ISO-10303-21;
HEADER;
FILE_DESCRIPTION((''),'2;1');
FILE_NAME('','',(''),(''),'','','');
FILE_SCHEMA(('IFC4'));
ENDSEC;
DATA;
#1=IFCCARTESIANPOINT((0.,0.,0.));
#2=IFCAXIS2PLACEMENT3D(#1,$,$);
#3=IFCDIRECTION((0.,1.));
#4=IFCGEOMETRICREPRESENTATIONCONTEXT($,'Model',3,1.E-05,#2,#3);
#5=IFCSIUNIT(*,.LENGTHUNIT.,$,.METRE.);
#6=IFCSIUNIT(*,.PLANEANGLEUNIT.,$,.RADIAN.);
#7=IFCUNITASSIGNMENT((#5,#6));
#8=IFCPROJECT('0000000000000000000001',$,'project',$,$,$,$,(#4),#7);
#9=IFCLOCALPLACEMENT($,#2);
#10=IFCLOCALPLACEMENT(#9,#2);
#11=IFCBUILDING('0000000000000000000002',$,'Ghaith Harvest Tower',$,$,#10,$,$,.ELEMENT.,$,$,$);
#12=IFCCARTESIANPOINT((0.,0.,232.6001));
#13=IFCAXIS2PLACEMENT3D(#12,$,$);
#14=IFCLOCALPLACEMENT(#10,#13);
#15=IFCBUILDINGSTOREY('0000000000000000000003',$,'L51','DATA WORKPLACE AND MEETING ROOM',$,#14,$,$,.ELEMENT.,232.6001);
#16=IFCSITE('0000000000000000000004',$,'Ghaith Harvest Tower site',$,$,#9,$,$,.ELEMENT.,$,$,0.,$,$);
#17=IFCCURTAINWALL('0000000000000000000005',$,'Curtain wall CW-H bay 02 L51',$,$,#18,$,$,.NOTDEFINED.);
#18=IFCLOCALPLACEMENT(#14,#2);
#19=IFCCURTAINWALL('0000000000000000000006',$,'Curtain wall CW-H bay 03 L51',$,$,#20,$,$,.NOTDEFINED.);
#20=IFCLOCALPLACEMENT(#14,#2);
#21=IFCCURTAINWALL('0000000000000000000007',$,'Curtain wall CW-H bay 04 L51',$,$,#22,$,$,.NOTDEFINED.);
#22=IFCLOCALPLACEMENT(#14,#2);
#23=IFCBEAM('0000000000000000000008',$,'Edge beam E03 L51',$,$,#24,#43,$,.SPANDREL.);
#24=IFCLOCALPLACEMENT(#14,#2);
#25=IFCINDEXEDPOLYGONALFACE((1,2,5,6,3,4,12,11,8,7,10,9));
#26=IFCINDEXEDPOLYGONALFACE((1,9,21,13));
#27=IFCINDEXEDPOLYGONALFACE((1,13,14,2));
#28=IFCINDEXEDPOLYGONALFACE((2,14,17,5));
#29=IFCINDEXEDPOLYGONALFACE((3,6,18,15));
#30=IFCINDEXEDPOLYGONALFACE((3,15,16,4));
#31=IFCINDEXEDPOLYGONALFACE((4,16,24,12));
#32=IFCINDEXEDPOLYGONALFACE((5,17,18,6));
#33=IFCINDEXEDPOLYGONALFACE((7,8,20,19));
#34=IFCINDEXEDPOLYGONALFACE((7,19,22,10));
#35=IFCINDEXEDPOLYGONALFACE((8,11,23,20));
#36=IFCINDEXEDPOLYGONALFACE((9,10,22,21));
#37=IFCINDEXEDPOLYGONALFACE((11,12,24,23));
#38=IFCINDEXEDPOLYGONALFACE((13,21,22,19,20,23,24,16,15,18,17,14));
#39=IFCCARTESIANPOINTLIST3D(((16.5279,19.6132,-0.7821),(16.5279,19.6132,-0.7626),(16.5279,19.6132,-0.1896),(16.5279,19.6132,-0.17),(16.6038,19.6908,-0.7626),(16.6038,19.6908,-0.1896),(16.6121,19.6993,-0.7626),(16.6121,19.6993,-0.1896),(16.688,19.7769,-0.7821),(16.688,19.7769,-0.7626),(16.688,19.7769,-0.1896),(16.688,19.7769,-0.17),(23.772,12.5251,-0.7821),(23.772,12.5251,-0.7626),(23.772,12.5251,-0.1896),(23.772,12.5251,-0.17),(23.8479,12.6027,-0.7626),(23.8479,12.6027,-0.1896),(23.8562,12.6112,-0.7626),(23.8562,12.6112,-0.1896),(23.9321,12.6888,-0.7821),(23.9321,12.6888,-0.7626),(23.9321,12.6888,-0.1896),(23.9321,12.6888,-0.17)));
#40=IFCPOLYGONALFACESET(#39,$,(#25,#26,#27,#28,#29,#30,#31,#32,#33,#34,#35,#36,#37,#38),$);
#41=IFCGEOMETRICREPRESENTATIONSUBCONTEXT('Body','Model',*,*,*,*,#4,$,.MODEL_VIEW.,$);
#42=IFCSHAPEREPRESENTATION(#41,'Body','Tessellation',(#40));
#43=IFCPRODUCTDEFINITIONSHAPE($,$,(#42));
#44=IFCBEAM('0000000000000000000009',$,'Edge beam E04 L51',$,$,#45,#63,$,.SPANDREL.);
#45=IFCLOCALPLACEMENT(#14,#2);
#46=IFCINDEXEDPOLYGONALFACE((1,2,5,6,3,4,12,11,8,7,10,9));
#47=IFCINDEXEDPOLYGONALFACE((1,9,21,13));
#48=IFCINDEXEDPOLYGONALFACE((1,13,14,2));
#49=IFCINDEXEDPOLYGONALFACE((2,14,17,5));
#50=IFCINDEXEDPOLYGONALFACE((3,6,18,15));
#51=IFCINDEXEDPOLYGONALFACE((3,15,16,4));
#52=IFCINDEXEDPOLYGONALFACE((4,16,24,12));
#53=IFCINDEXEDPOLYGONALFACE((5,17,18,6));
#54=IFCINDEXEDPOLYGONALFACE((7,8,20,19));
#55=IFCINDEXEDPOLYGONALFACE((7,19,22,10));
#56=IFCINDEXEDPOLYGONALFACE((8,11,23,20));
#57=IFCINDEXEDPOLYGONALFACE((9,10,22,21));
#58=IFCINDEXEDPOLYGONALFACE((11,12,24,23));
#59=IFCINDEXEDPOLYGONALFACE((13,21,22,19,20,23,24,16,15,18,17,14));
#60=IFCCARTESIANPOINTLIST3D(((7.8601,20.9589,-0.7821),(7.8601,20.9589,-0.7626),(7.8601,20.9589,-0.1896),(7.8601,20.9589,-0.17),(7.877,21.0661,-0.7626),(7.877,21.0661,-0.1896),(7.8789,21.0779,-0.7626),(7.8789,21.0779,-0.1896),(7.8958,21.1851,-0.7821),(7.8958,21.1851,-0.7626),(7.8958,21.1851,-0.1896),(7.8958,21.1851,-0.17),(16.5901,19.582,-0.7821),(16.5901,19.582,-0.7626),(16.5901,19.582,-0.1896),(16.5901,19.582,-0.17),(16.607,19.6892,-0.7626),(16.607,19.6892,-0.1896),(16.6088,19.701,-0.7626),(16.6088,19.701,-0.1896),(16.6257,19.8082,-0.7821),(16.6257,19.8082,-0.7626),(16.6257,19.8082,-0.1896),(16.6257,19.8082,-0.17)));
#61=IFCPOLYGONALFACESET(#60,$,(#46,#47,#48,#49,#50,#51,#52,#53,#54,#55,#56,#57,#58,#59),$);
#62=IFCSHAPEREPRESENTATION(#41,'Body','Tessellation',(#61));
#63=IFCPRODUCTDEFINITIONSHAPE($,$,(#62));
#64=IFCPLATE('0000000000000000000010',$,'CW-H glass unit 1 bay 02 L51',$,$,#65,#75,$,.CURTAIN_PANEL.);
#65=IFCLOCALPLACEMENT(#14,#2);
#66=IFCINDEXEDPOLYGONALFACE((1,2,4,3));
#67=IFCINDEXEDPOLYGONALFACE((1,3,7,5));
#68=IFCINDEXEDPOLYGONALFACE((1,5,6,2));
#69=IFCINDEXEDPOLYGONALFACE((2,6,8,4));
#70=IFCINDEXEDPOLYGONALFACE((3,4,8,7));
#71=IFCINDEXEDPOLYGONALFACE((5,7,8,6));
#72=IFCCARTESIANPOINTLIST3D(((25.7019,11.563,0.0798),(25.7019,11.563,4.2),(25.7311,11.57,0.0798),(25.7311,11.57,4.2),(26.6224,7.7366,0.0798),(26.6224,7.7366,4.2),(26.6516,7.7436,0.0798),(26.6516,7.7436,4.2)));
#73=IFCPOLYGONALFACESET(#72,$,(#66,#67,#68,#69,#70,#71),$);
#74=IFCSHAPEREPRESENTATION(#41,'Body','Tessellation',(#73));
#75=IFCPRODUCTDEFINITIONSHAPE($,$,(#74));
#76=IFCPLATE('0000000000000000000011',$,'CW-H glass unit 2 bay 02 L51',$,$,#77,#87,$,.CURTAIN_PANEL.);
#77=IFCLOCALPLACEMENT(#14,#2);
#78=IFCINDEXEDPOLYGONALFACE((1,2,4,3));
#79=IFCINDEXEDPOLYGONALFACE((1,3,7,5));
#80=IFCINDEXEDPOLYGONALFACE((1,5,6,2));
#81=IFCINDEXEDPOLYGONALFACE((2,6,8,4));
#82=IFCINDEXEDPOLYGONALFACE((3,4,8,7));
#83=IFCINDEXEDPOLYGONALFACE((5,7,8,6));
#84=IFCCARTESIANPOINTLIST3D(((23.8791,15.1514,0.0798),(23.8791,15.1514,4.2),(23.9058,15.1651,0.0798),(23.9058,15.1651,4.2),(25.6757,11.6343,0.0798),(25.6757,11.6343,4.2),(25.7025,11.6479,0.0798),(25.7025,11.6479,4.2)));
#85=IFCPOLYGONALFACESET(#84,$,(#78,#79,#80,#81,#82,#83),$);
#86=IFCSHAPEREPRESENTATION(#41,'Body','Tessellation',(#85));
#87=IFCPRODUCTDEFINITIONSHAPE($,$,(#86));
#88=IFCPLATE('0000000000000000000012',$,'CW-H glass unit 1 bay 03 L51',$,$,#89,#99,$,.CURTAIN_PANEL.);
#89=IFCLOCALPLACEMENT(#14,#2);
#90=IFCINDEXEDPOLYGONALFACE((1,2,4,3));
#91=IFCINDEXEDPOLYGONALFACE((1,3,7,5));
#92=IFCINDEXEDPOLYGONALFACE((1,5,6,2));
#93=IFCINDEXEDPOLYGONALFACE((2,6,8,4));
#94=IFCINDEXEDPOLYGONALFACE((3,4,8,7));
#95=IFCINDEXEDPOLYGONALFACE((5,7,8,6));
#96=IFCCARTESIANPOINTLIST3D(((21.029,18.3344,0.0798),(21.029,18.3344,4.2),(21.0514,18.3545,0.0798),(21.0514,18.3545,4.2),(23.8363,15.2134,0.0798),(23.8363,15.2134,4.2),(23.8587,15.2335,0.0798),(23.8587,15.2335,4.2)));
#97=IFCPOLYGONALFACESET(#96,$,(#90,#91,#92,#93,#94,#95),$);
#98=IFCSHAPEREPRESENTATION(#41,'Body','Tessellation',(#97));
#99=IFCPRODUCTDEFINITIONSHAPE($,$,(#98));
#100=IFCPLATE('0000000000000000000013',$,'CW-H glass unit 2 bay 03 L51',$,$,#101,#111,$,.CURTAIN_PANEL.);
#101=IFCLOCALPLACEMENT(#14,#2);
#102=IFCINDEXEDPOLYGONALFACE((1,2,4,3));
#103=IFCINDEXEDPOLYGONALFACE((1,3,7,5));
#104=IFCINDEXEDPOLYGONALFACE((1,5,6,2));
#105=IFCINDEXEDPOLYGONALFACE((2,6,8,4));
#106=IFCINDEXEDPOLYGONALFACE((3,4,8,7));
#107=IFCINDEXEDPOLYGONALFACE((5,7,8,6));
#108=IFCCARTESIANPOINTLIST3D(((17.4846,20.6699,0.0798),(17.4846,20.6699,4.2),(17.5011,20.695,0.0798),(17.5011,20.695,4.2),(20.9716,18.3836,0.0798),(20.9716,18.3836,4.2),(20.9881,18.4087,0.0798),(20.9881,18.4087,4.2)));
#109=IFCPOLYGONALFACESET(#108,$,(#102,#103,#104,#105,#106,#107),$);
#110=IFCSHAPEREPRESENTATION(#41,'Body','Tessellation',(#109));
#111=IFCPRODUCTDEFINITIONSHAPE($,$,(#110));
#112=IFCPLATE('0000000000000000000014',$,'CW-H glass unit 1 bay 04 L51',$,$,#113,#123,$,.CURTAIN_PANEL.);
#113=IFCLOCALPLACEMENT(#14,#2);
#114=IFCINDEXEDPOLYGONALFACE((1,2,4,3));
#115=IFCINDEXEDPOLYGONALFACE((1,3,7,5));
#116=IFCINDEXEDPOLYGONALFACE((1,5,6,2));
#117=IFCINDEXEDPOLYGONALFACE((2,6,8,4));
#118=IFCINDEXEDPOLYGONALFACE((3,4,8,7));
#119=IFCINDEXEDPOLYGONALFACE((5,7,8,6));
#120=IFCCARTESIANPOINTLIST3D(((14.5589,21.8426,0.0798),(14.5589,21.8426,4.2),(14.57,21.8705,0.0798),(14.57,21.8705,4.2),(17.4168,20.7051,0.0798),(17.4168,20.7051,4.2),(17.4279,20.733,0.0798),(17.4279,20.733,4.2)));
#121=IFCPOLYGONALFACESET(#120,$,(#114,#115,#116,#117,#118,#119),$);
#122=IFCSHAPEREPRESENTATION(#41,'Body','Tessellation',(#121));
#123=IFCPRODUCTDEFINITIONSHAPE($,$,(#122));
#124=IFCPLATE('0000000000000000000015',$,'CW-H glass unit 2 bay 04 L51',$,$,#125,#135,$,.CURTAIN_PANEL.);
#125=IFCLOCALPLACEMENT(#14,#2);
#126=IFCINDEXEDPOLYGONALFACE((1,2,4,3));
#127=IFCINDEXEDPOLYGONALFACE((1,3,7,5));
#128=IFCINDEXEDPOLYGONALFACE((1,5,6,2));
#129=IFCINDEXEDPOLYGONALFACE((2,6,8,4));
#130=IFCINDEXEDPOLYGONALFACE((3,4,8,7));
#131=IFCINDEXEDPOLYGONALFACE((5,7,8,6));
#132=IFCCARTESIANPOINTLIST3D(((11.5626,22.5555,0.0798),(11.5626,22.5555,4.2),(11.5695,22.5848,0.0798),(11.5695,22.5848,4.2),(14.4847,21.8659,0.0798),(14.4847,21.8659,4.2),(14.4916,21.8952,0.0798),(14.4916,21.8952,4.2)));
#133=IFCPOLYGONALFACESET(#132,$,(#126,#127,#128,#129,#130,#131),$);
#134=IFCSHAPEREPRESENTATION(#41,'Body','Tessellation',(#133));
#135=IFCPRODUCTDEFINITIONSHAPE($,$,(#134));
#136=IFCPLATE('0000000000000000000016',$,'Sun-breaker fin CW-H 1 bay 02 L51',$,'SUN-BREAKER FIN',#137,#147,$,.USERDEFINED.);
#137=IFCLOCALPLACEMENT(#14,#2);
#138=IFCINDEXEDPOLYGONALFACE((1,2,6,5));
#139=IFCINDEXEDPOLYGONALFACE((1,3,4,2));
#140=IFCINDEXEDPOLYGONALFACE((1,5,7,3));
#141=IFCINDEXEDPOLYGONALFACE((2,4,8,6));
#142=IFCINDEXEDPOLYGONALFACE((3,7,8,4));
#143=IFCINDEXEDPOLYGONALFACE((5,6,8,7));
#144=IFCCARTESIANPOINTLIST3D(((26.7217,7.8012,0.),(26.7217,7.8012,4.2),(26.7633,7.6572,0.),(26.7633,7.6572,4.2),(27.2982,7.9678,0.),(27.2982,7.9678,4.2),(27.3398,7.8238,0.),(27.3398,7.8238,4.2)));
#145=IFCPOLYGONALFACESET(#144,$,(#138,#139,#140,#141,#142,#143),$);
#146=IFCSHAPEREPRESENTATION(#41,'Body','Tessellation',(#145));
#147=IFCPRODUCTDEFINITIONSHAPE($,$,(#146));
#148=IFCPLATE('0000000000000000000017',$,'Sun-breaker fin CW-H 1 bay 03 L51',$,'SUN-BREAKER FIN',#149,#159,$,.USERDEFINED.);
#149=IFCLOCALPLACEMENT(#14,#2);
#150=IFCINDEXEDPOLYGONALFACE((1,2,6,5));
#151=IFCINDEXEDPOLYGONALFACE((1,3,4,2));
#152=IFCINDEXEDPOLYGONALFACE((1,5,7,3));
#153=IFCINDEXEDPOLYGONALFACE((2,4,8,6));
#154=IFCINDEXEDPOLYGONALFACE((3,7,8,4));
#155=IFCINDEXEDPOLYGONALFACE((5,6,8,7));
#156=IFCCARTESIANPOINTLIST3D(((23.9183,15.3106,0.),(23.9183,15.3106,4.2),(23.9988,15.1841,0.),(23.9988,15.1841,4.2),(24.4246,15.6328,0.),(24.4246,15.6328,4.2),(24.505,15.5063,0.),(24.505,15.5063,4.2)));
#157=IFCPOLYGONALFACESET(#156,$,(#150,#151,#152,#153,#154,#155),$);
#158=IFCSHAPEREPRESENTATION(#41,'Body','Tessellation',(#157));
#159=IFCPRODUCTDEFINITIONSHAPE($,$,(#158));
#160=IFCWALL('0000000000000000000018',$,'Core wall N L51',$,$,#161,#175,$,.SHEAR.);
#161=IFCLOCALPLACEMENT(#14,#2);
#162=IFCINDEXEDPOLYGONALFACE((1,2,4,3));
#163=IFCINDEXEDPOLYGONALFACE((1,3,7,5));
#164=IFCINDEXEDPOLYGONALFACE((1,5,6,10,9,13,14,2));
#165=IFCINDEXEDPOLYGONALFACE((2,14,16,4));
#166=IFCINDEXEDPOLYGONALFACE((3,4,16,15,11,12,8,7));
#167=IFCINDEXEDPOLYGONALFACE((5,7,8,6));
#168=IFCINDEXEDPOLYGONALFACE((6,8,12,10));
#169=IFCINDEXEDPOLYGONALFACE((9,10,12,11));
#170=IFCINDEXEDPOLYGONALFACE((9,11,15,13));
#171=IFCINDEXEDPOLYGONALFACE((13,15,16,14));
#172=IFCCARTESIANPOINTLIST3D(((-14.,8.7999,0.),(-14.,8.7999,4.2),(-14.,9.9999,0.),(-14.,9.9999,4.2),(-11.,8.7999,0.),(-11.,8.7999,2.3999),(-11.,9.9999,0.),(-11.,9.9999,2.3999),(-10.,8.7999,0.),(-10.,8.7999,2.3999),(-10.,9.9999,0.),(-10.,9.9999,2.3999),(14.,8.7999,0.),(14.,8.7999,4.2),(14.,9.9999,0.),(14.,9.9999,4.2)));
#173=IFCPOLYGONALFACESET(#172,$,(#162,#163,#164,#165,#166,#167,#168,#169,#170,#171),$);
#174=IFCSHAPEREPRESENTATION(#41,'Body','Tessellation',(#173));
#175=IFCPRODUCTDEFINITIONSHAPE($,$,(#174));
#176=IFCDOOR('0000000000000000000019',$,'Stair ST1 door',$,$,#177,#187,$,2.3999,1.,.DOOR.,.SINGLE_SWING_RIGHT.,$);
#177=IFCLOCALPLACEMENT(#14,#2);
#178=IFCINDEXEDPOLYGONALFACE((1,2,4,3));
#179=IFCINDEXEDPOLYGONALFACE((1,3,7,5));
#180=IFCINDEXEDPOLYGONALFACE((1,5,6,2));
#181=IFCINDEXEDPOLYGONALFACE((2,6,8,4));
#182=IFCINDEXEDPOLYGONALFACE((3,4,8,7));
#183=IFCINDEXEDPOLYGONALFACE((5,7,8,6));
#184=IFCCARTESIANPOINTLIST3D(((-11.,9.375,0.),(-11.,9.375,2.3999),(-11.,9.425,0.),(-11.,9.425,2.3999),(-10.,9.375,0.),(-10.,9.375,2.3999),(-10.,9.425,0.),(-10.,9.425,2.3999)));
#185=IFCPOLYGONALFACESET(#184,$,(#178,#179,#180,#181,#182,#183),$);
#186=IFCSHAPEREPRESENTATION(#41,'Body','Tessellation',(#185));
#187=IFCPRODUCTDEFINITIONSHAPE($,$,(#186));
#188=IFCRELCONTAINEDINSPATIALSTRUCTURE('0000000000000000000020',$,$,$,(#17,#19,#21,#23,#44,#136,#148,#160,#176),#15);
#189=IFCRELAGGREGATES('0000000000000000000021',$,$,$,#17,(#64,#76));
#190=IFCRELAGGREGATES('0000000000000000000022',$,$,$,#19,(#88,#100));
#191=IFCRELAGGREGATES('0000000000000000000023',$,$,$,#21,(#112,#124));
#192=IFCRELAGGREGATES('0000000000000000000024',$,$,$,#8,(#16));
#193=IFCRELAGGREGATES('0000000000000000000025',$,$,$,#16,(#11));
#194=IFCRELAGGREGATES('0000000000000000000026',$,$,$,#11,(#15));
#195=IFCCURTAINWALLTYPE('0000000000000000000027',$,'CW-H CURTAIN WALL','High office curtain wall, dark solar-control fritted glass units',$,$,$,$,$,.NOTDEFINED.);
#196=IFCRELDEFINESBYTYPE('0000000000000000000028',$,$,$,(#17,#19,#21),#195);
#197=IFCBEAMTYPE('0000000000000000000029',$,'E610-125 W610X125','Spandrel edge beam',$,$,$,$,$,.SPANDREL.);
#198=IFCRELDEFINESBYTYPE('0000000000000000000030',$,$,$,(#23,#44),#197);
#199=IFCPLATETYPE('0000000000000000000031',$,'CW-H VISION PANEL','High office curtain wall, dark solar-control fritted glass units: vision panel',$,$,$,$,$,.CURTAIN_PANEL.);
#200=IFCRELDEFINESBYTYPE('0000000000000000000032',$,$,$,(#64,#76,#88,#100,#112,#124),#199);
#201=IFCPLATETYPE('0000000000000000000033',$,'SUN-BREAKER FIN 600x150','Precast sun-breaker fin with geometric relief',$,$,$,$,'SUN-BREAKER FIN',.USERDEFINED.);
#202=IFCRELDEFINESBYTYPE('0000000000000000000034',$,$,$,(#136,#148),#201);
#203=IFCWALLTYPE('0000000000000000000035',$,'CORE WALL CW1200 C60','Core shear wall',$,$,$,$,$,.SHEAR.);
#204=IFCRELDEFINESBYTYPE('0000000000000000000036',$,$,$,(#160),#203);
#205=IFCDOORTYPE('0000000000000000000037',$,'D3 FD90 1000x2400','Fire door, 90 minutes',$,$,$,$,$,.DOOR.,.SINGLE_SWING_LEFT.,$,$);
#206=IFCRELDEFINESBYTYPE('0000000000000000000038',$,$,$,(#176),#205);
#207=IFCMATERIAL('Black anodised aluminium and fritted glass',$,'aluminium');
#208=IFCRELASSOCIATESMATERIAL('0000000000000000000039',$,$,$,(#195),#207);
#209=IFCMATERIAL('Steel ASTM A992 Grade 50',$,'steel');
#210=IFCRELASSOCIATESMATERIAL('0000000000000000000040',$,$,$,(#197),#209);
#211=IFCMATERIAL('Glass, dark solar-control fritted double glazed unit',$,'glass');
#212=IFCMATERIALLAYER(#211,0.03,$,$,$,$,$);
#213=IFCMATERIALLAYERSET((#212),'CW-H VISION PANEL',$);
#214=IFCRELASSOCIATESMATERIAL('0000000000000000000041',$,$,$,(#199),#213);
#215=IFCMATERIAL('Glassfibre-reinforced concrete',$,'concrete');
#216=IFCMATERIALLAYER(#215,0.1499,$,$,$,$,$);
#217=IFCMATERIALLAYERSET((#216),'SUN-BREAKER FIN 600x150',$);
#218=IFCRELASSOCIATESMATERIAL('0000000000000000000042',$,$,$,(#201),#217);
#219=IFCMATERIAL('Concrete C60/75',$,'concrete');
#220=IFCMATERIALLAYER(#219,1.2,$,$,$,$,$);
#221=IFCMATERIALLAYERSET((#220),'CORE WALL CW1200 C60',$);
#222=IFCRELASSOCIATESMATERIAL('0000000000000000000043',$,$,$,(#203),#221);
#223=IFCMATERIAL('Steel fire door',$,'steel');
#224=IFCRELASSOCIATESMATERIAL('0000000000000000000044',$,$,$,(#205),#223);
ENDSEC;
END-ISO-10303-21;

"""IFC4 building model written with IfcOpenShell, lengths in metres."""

from ifc_helpers import new_model, si_unit, direction, frame, frame_2d, origin, origin_2d, place, context, subcontext, project, spatial, rectangle, i_section, extrude, material, layer, layer_set, material_profile, profile_set, type_object, element, fill, aggregate, save


model = new_model("IFC4")

# Units and contexts
model_context = context("Model", 3, precision=1e-05, world=origin(), true_north=direction((0.0, 1.0)))
body_context = subcontext(model_context, "Body", "Model", "MODEL_VIEW")
ifc_project = project(units=[si_unit("LENGTHUNIT", "METRE"), si_unit("PLANEANGLEUNIT", "RADIAN")], contexts=[model_context])

# Site, building, storey
site_placement = place(None, origin())
site = spatial("IfcSite", under=ifc_project, at=site_placement, Name="Ghaith Harvest Tower site", CompositionType="ELEMENT", RefElevation=0.0)
building_placement = place(site_placement, origin())
building = spatial("IfcBuilding", under=site, at=building_placement, Name="Ghaith Harvest Tower", CompositionType="ELEMENT")
storey_placement = place(building_placement, frame((0.0, 0.0, 232.6001)))
storey = spatial("IfcBuildingStorey", under=building, at=storey_placement, Name="L51", Description="DATA WORKPLACE AND MEETING ROOM", CompositionType="ELEMENT", Elevation=232.6001)

# Curtain wall
ifc_material_1 = material(Name="Black anodised aluminium and fritted glass", Category="aluminium")
curtain_wall_type = type_object("IfcCurtainWallType", Name="CW-H CURTAIN WALL", Description="High office curtain wall, dark solar-control fritted glass units", PredefinedType="NOTDEFINED", material=ifc_material_1)
curtain_wall_1_placement = place(storey_placement, origin())
curtain_wall_1 = element("IfcCurtainWall", 1, at=curtain_wall_1_placement, inside=storey, type_object=curtain_wall_type, Name="Curtain wall CW-H bay 02 L51", PredefinedType="NOTDEFINED")

# Curtain walls
curtain_wall_2_placement = place(storey_placement, origin())
curtain_wall_2 = element("IfcCurtainWall", 2, at=curtain_wall_2_placement, inside=storey, type_object=curtain_wall_type, Name="Curtain wall CW-H bay 03 L51", PredefinedType="NOTDEFINED")
curtain_wall_3_placement = place(storey_placement, origin())
curtain_wall_3 = element("IfcCurtainWall", 3, at=curtain_wall_3_placement, inside=storey, type_object=curtain_wall_type, Name="Curtain wall CW-H bay 04 L51", PredefinedType="NOTDEFINED")

# Beams
ifc_material_2 = material(Name="Steel ASTM A992 Grade 50", Category="steel")
ifc_material_profile_1 = material_profile(ifc_material_2, i_section(OverallWidth=0.229, OverallDepth=0.6121, WebThickness=0.012, FlangeThickness=0.0195, at=origin_2d()), Name="W610X125")
ifc_profile_set_1 = profile_set([ifc_material_profile_1], Name="Steel ASTM A992 Grade 50")
beam_type = type_object("IfcBeamType", Name="E610-125 W610X125", Description="Spandrel edge beam", PredefinedType="SPANDREL", material=ifc_profile_set_1)
beam_1_placement = place(storey_placement, frame((23.8521, 12.6069, -0.4761), z_axis=(-0.714761, 0.699369, 0.0), x_axis=(-0.699369, -0.714761, 0.0)))
element("IfcBeam", 4, at=beam_1_placement, inside=storey, type_object=beam_type, Name="Edge beam E03 L51", PredefinedType="SPANDREL", context=body_context, shape_type="SweptSolid", body=[
    extrude(i_section(OverallWidth=0.229, OverallDepth=0.6121, WebThickness=0.012, FlangeThickness=0.0195, at=origin_2d()), origin(), (0.0, 0.0, 1.0), 10.135),
])
beam_2_placement = place(storey_placement, frame((16.6079, 19.6951, -0.4761), z_axis=(-0.987788, 0.155801, 0.0), x_axis=(-0.155801, -0.987788, 0.0)))
element("IfcBeam", 5, at=beam_2_placement, inside=storey, type_object=beam_type, Name="Edge beam E04 L51", PredefinedType="SPANDREL", context=body_context, shape_type="SweptSolid", body=[
    extrude(i_section(OverallWidth=0.229, OverallDepth=0.6121, WebThickness=0.012, FlangeThickness=0.0195, at=origin_2d()), origin(), (0.0, 0.0, 1.0), 8.8379),
])

# Plates
ifc_material_3 = material(Name="Glass, dark solar-control fritted double glazed unit", Category="glass")
ifc_layer_1 = layer(ifc_material_3, 0.03)
ifc_layer_set_1 = layer_set([ifc_layer_1], Name="CW-H VISION PANEL")
plate_type_1 = type_object("IfcPlateType", Name="CW-H VISION PANEL", Description="High office curtain wall, dark solar-control fritted glass units: vision panel", PredefinedType="CURTAIN_PANEL", material=ifc_layer_set_1)
plate_1_placement = place(storey_placement, frame((26.1768, 9.6533, 0.0798), z_axis=(0.0, 0.0, 1.0), x_axis=(-0.233894, 0.972262, 0.0)))
plate_1 = element("IfcPlate", 6, at=plate_1_placement, type_object=plate_type_1, Name="CW-H glass unit 1 bay 02 L51", PredefinedType="CURTAIN_PANEL", context=body_context, shape_type="SweptSolid", body=[
    extrude(rectangle(XDim=3.9355, YDim=0.03, at=origin_2d()), origin(), (0.0, 0.0, 1.0), 4.1201),
])
plate_2_placement = place(storey_placement, frame((24.7908, 13.3997, 0.0798), z_axis=(0.0, 0.0, 1.0), x_axis=(-0.454915, 0.890535, 0.0)))
plate_2 = element("IfcPlate", 7, at=plate_2_placement, type_object=plate_type_1, Name="CW-H glass unit 2 bay 02 L51", PredefinedType="CURTAIN_PANEL", context=body_context, shape_type="SweptSolid", body=[
    extrude(rectangle(XDim=3.9495, YDim=0.03, at=origin_2d()), origin(), (0.0, 0.0, 1.0), 4.1201),
])
aggregate(curtain_wall_1, [plate_1, plate_2])
plate_3_placement = place(storey_placement, frame((22.4438, 16.7839, 0.0798), z_axis=(0.0, 0.0, 1.0), x_axis=(-0.668758, 0.74348, 0.0)))
plate_3 = element("IfcPlate", 8, at=plate_3_placement, type_object=plate_type_1, Name="CW-H glass unit 1 bay 03 L51", PredefinedType="CURTAIN_PANEL", context=body_context, shape_type="SweptSolid", body=[
    extrude(rectangle(XDim=4.1978, YDim=0.03, at=origin_2d()), origin(), (0.0, 0.0, 1.0), 4.1201),
])
plate_4_placement = place(storey_placement, frame((19.2363, 19.5393, 0.0798), z_axis=(0.0, 0.0, 1.0), x_axis=(-0.836277, 0.548308, 0.0)))
plate_4 = element("IfcPlate", 9, at=plate_4_placement, type_object=plate_type_1, Name="CW-H glass unit 2 bay 03 L51", PredefinedType="CURTAIN_PANEL", context=body_context, shape_type="SweptSolid", body=[
    extrude(rectangle(XDim=4.1697, YDim=0.03, at=origin_2d()), origin(), (0.0, 0.0, 1.0), 4.1201),
])
aggregate(curtain_wall_2, [plate_3, plate_4])
plate_5_placement = place(storey_placement, frame((15.9934, 21.2878, 0.0798), z_axis=(0.0, 0.0, 1.0), x_axis=(-0.929107, 0.36981, 0.0)))
plate_5 = element("IfcPlate", 10, at=plate_5_placement, type_object=plate_type_1, Name="CW-H glass unit 1 bay 04 L51", PredefinedType="CURTAIN_PANEL", context=body_context, shape_type="SweptSolid", body=[
    extrude(rectangle(XDim=3.0759, YDim=0.03, at=origin_2d()), origin(), (0.0, 0.0, 1.0), 4.1201),
])
plate_6_placement = place(storey_placement, frame((13.0271, 22.2253, 0.0798), z_axis=(0.0, 0.0, 1.0), x_axis=(-0.973266, 0.22968, 0.0)))
plate_6 = element("IfcPlate", 11, at=plate_6_placement, type_object=plate_type_1, Name="CW-H glass unit 2 bay 04 L51", PredefinedType="CURTAIN_PANEL", context=body_context, shape_type="SweptSolid", body=[
    extrude(rectangle(XDim=3.0024, YDim=0.03, at=origin_2d()), origin(), (0.0, 0.0, 1.0), 4.1201),
])
aggregate(curtain_wall_3, [plate_5, plate_6])

# Plates
ifc_material_4 = material(Name="Glassfibre-reinforced concrete", Category="concrete")
ifc_layer_2 = layer(ifc_material_4, 0.1499)
ifc_layer_set_2 = layer_set([ifc_layer_2], Name="SUN-BREAKER FIN 600x150")
plate_type_2 = type_object("IfcPlateType", Name="SUN-BREAKER FIN 600x150", Description="Precast sun-breaker fin with geometric relief", ElementType="SUN-BREAKER FIN", PredefinedType="USERDEFINED", material=ifc_layer_set_2)
for number, where, z_axis, x_axis, name in (
    (12, (27.0308, 7.8125, 0.0), (0.0, 0.0, 1.0), (0.96068, 0.277657, 0.0), "Sun-breaker fin CW-H 1 bay 02 L51"),
    (13, (24.2117, 15.4084, 0.0), (0.0, 0.0, 1.0), (0.843644, 0.536903, 0.0), "Sun-breaker fin CW-H 1 bay 03 L51"),
):
    element("IfcPlate", number, at=place(storey_placement, frame(where, z_axis=z_axis, x_axis=x_axis)), inside=storey, type_object=plate_type_2, Name=name, ObjectType="SUN-BREAKER FIN", PredefinedType="USERDEFINED", context=body_context, shape_type="SweptSolid", body=[
        extrude(rectangle(XDim=0.6001, YDim=0.1499, at=origin_2d()), origin(), (0.0, 0.0, 1.0), 4.2),
    ])

# Wall, opening, door
ifc_material_5 = material(Name="Concrete C60/75", Category="concrete")
ifc_layer_3 = layer(ifc_material_5, 1.2)
ifc_layer_set_3 = layer_set([ifc_layer_3], Name="CORE WALL CW1200 C60")
wall_type_1 = type_object("IfcWallType", Name="CORE WALL CW1200 C60", Description="Core shear wall", PredefinedType="SHEAR", material=ifc_layer_set_3)
wall_1_placement = place(storey_placement, frame((14.0, 9.3999, 0.0), z_axis=(0.0, 0.0, 1.0), x_axis=(-1.0, 0.0, 0.0)))
wall_1 = element("IfcWall", 14, at=wall_1_placement, inside=storey, type_object=wall_type_1, Name="Core wall N L51", PredefinedType="SHEAR", context=body_context, shape_type="SweptSolid", body=[
    extrude(rectangle(XDim=28.0, YDim=1.2, at=frame_2d((14.0, 0.0))), origin(), (0.0, 0.0, 1.0), 4.2),
])
opening_placement = place(wall_1_placement, frame((24.0, 0.0, 0.0)))
opening = element("IfcOpeningElement", 15, at=opening_placement, cuts=wall_1, PredefinedType="OPENING", context=body_context, shape_type="SweptSolid", body=[
    extrude(rectangle(XDim=1.0, YDim=2.3999, at=frame_2d((0.5, 1.2))), frame((0.0, 0.6099, 0.0), z_axis=(0.0, -1.0, 0.0), x_axis=(1.0, 0.0, 0.0)), (0.0, 0.0, 1.0), 1.22),
])
ifc_material_6 = material(Name="Steel fire door", Category="steel")
door_type = type_object("IfcDoorType", Name="D3 FD90 1000x2400", Description="Fire door, 90 minutes", OperationType="SINGLE_SWING_LEFT", PredefinedType="DOOR", material=ifc_material_6)
door_placement = place(opening_placement, origin())
door = element("IfcDoor", 16, at=door_placement, inside=storey, type_object=door_type, Name="Stair ST1 door", OperationType="SINGLE_SWING_RIGHT", OverallHeight=2.3999, OverallWidth=1.0, PredefinedType="DOOR", context=body_context, shape_type="SweptSolid", body=[
    extrude(rectangle(XDim=1.0, YDim=2.3999, at=frame_2d((0.5, 1.2))), frame((0.0, 0.0249, 0.0), z_axis=(0.0, -1.0, 0.0), x_axis=(1.0, 0.0, 0.0)), (0.0, 0.0, 1.0), 0.05),
])
fill(opening, door)

save(model, "model.ifc")
